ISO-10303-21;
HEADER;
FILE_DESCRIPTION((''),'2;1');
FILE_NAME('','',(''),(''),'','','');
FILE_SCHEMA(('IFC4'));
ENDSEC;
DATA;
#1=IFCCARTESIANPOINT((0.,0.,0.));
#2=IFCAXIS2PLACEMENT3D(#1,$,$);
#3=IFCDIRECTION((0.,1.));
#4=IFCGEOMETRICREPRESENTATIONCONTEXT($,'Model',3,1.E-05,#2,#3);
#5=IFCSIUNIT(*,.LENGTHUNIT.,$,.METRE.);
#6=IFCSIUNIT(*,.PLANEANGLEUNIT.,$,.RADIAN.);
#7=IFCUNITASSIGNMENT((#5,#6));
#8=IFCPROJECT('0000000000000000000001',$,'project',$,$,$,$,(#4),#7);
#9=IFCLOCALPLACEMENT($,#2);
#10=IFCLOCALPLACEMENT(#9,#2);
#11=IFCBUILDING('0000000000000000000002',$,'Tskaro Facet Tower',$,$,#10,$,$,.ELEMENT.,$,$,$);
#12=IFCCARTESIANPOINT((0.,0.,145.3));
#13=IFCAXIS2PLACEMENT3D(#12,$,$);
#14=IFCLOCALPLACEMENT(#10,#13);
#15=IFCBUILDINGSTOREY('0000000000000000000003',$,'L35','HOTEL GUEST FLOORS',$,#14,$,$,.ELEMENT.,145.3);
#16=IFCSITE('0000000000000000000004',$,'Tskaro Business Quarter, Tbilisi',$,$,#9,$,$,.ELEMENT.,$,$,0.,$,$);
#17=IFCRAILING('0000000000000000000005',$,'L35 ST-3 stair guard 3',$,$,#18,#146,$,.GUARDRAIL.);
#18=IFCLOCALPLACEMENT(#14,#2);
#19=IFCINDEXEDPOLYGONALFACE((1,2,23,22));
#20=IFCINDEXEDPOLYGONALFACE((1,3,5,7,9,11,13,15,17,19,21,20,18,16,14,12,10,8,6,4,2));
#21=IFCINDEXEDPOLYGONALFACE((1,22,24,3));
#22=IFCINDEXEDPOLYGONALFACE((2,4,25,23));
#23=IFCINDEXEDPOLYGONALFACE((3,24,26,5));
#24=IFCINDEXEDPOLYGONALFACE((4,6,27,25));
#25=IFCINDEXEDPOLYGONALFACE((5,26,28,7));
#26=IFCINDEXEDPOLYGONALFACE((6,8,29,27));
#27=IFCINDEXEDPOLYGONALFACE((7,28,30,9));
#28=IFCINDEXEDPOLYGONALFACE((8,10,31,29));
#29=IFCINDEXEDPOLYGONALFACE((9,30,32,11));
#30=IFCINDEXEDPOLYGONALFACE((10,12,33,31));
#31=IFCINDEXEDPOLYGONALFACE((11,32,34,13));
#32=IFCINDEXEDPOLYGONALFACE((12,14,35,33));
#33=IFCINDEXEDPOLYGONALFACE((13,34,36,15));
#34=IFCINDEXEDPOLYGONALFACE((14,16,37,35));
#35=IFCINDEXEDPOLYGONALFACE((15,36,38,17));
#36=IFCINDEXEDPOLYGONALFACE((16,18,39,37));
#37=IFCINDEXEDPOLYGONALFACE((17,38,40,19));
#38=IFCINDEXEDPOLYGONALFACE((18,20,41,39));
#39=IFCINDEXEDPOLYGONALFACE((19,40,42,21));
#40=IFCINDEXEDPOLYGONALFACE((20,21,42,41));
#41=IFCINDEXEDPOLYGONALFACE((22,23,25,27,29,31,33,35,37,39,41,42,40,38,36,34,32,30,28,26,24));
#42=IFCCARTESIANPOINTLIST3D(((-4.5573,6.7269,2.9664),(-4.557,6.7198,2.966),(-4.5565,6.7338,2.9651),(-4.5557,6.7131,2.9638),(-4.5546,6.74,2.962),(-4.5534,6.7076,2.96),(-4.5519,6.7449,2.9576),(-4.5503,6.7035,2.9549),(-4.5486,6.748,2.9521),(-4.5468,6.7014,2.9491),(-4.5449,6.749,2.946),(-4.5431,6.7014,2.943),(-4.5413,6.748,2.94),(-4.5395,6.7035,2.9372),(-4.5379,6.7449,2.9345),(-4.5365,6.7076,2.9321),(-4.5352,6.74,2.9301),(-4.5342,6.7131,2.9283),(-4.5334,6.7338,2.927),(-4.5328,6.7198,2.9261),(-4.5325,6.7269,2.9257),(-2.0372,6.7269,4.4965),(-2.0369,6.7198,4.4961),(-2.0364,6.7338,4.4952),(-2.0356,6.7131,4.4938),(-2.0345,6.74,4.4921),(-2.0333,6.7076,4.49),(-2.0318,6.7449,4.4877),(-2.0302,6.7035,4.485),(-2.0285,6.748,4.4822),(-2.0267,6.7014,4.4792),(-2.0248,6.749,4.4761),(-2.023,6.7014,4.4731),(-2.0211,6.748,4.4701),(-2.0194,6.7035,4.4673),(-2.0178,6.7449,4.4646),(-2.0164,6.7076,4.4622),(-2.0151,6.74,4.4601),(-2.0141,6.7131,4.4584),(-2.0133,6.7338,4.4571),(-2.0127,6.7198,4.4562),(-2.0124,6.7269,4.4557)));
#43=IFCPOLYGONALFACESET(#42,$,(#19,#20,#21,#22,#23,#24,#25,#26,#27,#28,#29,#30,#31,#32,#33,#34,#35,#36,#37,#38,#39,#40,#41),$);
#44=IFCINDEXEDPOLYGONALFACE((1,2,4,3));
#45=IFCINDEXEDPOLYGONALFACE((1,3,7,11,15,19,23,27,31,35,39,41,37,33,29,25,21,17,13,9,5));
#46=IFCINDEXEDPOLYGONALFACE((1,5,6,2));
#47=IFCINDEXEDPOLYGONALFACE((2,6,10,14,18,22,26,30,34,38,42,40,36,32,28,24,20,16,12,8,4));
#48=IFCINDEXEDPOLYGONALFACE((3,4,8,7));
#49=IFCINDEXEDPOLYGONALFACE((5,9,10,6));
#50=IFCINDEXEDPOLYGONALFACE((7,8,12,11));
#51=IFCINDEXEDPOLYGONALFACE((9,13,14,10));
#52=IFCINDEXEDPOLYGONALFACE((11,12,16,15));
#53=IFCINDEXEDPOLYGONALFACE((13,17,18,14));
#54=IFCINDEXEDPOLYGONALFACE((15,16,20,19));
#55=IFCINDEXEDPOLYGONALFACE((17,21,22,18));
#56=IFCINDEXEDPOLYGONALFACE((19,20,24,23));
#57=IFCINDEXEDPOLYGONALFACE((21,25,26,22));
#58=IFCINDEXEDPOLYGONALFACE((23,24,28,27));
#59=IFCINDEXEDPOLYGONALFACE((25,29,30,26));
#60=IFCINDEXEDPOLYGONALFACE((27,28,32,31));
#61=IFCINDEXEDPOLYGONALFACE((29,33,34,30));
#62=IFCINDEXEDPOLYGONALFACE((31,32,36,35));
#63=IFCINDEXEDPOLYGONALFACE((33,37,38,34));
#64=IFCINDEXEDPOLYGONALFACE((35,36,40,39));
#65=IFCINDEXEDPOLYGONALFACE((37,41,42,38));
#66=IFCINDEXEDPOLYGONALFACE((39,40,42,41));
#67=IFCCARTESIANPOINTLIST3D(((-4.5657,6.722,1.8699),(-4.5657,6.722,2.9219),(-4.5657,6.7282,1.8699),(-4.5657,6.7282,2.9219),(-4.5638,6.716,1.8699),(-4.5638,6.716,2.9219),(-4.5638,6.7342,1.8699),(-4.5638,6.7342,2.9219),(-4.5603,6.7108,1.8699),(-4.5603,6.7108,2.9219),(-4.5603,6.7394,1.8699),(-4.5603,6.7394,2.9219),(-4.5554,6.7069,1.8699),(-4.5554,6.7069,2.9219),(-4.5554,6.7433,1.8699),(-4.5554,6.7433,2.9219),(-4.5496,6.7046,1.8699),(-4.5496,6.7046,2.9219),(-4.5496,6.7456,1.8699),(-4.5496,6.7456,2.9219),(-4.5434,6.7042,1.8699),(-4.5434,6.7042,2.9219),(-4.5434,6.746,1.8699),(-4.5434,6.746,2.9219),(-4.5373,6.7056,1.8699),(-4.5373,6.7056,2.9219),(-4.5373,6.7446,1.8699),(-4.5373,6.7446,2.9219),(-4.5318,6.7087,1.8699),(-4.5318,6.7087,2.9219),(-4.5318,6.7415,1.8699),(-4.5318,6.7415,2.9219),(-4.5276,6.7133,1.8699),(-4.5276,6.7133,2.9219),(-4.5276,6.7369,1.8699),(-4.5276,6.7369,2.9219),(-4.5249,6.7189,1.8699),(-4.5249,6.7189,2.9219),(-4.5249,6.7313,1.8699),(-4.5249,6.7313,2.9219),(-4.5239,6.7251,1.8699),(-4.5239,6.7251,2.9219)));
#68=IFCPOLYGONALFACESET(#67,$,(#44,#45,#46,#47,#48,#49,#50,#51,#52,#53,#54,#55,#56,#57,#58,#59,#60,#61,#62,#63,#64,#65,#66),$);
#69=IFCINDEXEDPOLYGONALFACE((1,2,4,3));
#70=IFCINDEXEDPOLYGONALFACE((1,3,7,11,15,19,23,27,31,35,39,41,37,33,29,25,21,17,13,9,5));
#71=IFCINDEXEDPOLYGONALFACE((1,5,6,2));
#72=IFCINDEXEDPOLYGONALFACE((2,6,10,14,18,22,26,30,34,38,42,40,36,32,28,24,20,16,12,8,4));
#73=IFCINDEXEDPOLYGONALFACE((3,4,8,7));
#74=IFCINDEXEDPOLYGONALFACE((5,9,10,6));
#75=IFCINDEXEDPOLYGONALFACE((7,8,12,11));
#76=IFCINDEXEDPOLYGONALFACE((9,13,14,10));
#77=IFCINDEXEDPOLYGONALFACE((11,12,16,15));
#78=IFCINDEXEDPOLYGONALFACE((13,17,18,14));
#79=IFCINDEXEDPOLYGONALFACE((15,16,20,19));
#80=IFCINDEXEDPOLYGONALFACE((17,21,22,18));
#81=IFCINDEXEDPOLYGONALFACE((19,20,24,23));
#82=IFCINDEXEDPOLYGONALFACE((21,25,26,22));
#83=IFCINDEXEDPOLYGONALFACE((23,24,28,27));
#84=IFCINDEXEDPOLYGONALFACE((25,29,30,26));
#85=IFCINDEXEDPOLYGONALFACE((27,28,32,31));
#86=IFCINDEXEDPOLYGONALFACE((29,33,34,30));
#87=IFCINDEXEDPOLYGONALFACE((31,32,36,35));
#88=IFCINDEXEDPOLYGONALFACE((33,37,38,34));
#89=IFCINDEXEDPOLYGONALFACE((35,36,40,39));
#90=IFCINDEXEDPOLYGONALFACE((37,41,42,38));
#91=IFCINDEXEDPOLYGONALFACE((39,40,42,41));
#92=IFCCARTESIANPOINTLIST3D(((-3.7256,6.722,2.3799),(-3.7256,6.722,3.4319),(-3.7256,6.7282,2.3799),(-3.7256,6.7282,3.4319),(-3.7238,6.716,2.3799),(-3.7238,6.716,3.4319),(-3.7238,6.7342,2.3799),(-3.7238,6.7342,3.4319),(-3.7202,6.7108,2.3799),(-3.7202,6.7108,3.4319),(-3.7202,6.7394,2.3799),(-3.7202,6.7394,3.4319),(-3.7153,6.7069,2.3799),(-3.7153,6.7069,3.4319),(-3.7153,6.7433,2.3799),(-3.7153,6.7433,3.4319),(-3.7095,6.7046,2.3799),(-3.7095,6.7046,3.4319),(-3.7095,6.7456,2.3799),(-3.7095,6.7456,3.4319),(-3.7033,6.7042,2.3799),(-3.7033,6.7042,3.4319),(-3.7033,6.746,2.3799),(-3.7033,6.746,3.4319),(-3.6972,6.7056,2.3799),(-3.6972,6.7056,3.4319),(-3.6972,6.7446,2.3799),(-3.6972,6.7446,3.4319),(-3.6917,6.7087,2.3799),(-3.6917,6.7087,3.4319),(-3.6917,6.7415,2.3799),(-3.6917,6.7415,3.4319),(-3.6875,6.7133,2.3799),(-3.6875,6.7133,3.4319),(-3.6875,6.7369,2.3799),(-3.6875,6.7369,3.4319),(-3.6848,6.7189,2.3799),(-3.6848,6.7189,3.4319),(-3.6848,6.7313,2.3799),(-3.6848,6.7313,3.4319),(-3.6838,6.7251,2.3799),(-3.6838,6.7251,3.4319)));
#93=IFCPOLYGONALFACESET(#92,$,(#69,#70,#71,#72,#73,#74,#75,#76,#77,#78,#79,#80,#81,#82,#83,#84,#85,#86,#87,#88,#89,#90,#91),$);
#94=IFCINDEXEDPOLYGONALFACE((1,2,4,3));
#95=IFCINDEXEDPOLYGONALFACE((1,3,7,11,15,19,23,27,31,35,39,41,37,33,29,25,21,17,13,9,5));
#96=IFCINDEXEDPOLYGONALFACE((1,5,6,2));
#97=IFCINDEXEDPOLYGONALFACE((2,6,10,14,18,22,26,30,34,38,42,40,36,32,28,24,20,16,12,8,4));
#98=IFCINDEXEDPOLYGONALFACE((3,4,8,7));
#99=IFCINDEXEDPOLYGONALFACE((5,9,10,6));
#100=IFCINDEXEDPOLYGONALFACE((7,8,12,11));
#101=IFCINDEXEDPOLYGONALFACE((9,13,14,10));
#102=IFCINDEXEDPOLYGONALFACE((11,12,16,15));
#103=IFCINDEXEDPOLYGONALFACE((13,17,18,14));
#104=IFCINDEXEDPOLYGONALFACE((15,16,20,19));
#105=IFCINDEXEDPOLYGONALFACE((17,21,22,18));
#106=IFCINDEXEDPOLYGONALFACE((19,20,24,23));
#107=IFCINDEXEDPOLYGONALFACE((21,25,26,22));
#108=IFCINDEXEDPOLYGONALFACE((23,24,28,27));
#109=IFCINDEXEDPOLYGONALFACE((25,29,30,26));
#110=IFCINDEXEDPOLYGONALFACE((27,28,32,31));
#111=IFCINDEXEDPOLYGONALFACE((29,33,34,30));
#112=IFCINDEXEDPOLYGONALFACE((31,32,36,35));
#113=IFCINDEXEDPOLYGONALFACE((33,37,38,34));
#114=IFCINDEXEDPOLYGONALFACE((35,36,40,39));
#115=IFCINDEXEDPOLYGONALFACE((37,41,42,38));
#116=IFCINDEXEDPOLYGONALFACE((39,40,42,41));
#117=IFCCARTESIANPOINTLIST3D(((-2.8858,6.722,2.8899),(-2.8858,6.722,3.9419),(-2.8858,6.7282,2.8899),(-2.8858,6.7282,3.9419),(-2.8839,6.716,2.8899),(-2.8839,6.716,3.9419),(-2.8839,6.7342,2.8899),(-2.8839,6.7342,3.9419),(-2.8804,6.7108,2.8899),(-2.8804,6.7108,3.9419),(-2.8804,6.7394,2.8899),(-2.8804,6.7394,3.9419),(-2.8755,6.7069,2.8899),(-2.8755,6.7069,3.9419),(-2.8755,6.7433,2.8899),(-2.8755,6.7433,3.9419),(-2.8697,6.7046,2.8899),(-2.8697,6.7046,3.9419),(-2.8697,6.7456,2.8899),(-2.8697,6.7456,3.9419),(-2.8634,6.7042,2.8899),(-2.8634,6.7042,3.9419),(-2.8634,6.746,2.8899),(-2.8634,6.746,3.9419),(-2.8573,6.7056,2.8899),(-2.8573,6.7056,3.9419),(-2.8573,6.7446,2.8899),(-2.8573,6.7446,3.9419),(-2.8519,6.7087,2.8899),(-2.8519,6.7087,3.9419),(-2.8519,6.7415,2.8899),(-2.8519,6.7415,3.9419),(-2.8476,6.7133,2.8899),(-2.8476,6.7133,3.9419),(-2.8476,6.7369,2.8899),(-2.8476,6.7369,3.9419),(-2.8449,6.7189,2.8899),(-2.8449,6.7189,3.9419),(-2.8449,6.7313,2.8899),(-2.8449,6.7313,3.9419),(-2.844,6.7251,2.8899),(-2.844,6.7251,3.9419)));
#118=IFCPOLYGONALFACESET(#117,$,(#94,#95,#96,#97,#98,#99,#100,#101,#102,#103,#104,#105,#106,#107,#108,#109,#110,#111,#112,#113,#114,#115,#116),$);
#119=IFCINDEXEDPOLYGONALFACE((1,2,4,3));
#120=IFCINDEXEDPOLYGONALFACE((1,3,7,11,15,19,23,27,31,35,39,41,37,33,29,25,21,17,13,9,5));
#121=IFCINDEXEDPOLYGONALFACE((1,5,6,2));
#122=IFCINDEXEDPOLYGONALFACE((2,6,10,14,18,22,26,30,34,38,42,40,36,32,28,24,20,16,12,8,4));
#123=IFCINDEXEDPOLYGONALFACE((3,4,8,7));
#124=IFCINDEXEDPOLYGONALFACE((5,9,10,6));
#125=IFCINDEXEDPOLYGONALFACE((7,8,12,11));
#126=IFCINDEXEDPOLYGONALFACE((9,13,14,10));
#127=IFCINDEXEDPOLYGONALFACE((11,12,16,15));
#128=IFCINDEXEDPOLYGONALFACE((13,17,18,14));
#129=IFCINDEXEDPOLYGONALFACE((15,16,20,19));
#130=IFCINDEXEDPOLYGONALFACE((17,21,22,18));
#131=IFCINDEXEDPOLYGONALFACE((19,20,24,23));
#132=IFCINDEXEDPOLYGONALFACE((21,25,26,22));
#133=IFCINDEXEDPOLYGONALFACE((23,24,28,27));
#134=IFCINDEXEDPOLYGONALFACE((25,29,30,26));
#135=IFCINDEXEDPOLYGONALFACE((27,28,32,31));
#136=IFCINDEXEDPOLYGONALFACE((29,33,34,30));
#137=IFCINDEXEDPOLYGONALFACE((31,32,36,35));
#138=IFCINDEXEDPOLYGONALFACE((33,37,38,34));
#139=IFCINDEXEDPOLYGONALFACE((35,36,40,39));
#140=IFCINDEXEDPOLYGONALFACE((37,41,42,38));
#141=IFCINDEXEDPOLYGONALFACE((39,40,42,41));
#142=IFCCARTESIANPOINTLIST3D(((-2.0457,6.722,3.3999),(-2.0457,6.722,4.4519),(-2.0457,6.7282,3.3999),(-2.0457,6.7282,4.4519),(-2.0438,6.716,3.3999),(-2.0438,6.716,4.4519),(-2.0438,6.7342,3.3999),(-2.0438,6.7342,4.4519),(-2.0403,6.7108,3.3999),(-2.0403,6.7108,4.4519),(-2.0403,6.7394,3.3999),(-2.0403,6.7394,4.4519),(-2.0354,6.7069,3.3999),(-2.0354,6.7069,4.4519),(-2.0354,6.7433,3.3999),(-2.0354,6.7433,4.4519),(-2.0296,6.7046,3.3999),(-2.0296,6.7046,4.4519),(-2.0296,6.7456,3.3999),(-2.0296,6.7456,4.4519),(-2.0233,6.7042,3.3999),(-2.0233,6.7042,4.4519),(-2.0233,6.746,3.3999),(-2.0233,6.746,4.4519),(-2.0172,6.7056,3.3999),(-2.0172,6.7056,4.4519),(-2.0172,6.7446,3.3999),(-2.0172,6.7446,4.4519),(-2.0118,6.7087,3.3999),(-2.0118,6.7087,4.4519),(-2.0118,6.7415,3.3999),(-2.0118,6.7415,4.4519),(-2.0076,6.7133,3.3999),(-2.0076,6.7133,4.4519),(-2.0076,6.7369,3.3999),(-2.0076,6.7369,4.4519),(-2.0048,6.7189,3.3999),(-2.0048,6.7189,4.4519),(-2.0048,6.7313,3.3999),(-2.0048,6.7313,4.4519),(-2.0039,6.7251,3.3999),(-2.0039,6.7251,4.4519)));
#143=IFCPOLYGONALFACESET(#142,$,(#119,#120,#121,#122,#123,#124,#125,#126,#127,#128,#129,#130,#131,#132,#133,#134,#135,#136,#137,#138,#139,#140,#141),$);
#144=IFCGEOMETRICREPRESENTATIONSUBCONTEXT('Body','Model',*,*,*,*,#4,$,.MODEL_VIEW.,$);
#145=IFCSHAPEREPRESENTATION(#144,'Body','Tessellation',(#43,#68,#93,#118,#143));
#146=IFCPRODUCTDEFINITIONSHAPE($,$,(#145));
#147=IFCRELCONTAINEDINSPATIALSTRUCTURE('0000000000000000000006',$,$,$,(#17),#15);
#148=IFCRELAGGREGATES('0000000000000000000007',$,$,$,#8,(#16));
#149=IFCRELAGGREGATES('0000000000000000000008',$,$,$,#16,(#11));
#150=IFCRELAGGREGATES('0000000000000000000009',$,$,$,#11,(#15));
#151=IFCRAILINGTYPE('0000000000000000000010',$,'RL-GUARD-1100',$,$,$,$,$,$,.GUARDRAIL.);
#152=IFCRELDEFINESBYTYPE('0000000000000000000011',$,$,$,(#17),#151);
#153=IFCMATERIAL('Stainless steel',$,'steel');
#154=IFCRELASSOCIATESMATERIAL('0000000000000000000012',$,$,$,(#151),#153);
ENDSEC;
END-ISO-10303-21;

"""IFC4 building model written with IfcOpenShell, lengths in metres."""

from ifc_helpers import new_model, si_unit, direction, frame, origin, origin_2d, place, context, subcontext, project, spatial, circle, extrude, material, type_object, element, save


model = new_model("IFC4")

# Units and contexts
model_context = context("Model", 3, precision=1e-05, world=origin(), true_north=direction((0.0, 1.0)))
body_context = subcontext(model_context, "Body", "Model", "MODEL_VIEW")
ifc_project = project(units=[si_unit("LENGTHUNIT", "METRE"), si_unit("PLANEANGLEUNIT", "RADIAN")], contexts=[model_context])

# Site, building, storey
site_placement = place(None, origin())
site = spatial("IfcSite", under=ifc_project, at=site_placement, Name="Tskaro Business Quarter, Tbilisi", CompositionType="ELEMENT", RefElevation=0.0)
building_placement = place(site_placement, origin())
building = spatial("IfcBuilding", under=site, at=building_placement, Name="Tskaro Facet Tower", CompositionType="ELEMENT")
storey_placement = place(building_placement, frame((0.0, 0.0, 145.3)))
storey = spatial("IfcBuildingStorey", under=building, at=storey_placement, Name="L35", Description="HOTEL GUEST FLOORS", CompositionType="ELEMENT", Elevation=145.3)

# Railing
ifc_material_1 = material(Name="Stainless steel", Category="steel")
railing_type_1 = type_object("IfcRailingType", Name="RL-GUARD-1100", PredefinedType="GUARDRAIL", material=ifc_material_1)
railing_1_placement = place(storey_placement, frame((-4.5449, 6.7251, 1.8699)))
element("IfcRailing", 1, at=railing_1_placement, inside=storey, type_object=railing_type_1, Name="L35 ST-3 stair guard 3", PredefinedType="GUARDRAIL", context=body_context, shape_type="SweptSolid", body=[
    extrude(circle(Radius=0.0239, at=origin_2d()), frame((0.0, 0.0, 1.0762), z_axis=(0.854785, 0.0, 0.518982), x_axis=(0.0, 1.0, 0.0)), (0.0, 0.0, 1.0), 2.9482),
    extrude(circle(Radius=0.021, at=origin_2d()), origin(), (0.0, 0.0, 1.0), 1.052),
    extrude(circle(Radius=0.021, at=origin_2d()), frame((0.8401, 0.0, 0.51)), (0.0, 0.0, 1.0), 1.052),
    extrude(circle(Radius=0.021, at=origin_2d()), frame((1.6799, 0.0, 1.02)), (0.0, 0.0, 1.0), 1.052),
    extrude(circle(Radius=0.021, at=origin_2d()), frame((2.52, 0.0, 1.53)), (0.0, 0.0, 1.0), 1.052),
])

save(model, "model.ifc")
